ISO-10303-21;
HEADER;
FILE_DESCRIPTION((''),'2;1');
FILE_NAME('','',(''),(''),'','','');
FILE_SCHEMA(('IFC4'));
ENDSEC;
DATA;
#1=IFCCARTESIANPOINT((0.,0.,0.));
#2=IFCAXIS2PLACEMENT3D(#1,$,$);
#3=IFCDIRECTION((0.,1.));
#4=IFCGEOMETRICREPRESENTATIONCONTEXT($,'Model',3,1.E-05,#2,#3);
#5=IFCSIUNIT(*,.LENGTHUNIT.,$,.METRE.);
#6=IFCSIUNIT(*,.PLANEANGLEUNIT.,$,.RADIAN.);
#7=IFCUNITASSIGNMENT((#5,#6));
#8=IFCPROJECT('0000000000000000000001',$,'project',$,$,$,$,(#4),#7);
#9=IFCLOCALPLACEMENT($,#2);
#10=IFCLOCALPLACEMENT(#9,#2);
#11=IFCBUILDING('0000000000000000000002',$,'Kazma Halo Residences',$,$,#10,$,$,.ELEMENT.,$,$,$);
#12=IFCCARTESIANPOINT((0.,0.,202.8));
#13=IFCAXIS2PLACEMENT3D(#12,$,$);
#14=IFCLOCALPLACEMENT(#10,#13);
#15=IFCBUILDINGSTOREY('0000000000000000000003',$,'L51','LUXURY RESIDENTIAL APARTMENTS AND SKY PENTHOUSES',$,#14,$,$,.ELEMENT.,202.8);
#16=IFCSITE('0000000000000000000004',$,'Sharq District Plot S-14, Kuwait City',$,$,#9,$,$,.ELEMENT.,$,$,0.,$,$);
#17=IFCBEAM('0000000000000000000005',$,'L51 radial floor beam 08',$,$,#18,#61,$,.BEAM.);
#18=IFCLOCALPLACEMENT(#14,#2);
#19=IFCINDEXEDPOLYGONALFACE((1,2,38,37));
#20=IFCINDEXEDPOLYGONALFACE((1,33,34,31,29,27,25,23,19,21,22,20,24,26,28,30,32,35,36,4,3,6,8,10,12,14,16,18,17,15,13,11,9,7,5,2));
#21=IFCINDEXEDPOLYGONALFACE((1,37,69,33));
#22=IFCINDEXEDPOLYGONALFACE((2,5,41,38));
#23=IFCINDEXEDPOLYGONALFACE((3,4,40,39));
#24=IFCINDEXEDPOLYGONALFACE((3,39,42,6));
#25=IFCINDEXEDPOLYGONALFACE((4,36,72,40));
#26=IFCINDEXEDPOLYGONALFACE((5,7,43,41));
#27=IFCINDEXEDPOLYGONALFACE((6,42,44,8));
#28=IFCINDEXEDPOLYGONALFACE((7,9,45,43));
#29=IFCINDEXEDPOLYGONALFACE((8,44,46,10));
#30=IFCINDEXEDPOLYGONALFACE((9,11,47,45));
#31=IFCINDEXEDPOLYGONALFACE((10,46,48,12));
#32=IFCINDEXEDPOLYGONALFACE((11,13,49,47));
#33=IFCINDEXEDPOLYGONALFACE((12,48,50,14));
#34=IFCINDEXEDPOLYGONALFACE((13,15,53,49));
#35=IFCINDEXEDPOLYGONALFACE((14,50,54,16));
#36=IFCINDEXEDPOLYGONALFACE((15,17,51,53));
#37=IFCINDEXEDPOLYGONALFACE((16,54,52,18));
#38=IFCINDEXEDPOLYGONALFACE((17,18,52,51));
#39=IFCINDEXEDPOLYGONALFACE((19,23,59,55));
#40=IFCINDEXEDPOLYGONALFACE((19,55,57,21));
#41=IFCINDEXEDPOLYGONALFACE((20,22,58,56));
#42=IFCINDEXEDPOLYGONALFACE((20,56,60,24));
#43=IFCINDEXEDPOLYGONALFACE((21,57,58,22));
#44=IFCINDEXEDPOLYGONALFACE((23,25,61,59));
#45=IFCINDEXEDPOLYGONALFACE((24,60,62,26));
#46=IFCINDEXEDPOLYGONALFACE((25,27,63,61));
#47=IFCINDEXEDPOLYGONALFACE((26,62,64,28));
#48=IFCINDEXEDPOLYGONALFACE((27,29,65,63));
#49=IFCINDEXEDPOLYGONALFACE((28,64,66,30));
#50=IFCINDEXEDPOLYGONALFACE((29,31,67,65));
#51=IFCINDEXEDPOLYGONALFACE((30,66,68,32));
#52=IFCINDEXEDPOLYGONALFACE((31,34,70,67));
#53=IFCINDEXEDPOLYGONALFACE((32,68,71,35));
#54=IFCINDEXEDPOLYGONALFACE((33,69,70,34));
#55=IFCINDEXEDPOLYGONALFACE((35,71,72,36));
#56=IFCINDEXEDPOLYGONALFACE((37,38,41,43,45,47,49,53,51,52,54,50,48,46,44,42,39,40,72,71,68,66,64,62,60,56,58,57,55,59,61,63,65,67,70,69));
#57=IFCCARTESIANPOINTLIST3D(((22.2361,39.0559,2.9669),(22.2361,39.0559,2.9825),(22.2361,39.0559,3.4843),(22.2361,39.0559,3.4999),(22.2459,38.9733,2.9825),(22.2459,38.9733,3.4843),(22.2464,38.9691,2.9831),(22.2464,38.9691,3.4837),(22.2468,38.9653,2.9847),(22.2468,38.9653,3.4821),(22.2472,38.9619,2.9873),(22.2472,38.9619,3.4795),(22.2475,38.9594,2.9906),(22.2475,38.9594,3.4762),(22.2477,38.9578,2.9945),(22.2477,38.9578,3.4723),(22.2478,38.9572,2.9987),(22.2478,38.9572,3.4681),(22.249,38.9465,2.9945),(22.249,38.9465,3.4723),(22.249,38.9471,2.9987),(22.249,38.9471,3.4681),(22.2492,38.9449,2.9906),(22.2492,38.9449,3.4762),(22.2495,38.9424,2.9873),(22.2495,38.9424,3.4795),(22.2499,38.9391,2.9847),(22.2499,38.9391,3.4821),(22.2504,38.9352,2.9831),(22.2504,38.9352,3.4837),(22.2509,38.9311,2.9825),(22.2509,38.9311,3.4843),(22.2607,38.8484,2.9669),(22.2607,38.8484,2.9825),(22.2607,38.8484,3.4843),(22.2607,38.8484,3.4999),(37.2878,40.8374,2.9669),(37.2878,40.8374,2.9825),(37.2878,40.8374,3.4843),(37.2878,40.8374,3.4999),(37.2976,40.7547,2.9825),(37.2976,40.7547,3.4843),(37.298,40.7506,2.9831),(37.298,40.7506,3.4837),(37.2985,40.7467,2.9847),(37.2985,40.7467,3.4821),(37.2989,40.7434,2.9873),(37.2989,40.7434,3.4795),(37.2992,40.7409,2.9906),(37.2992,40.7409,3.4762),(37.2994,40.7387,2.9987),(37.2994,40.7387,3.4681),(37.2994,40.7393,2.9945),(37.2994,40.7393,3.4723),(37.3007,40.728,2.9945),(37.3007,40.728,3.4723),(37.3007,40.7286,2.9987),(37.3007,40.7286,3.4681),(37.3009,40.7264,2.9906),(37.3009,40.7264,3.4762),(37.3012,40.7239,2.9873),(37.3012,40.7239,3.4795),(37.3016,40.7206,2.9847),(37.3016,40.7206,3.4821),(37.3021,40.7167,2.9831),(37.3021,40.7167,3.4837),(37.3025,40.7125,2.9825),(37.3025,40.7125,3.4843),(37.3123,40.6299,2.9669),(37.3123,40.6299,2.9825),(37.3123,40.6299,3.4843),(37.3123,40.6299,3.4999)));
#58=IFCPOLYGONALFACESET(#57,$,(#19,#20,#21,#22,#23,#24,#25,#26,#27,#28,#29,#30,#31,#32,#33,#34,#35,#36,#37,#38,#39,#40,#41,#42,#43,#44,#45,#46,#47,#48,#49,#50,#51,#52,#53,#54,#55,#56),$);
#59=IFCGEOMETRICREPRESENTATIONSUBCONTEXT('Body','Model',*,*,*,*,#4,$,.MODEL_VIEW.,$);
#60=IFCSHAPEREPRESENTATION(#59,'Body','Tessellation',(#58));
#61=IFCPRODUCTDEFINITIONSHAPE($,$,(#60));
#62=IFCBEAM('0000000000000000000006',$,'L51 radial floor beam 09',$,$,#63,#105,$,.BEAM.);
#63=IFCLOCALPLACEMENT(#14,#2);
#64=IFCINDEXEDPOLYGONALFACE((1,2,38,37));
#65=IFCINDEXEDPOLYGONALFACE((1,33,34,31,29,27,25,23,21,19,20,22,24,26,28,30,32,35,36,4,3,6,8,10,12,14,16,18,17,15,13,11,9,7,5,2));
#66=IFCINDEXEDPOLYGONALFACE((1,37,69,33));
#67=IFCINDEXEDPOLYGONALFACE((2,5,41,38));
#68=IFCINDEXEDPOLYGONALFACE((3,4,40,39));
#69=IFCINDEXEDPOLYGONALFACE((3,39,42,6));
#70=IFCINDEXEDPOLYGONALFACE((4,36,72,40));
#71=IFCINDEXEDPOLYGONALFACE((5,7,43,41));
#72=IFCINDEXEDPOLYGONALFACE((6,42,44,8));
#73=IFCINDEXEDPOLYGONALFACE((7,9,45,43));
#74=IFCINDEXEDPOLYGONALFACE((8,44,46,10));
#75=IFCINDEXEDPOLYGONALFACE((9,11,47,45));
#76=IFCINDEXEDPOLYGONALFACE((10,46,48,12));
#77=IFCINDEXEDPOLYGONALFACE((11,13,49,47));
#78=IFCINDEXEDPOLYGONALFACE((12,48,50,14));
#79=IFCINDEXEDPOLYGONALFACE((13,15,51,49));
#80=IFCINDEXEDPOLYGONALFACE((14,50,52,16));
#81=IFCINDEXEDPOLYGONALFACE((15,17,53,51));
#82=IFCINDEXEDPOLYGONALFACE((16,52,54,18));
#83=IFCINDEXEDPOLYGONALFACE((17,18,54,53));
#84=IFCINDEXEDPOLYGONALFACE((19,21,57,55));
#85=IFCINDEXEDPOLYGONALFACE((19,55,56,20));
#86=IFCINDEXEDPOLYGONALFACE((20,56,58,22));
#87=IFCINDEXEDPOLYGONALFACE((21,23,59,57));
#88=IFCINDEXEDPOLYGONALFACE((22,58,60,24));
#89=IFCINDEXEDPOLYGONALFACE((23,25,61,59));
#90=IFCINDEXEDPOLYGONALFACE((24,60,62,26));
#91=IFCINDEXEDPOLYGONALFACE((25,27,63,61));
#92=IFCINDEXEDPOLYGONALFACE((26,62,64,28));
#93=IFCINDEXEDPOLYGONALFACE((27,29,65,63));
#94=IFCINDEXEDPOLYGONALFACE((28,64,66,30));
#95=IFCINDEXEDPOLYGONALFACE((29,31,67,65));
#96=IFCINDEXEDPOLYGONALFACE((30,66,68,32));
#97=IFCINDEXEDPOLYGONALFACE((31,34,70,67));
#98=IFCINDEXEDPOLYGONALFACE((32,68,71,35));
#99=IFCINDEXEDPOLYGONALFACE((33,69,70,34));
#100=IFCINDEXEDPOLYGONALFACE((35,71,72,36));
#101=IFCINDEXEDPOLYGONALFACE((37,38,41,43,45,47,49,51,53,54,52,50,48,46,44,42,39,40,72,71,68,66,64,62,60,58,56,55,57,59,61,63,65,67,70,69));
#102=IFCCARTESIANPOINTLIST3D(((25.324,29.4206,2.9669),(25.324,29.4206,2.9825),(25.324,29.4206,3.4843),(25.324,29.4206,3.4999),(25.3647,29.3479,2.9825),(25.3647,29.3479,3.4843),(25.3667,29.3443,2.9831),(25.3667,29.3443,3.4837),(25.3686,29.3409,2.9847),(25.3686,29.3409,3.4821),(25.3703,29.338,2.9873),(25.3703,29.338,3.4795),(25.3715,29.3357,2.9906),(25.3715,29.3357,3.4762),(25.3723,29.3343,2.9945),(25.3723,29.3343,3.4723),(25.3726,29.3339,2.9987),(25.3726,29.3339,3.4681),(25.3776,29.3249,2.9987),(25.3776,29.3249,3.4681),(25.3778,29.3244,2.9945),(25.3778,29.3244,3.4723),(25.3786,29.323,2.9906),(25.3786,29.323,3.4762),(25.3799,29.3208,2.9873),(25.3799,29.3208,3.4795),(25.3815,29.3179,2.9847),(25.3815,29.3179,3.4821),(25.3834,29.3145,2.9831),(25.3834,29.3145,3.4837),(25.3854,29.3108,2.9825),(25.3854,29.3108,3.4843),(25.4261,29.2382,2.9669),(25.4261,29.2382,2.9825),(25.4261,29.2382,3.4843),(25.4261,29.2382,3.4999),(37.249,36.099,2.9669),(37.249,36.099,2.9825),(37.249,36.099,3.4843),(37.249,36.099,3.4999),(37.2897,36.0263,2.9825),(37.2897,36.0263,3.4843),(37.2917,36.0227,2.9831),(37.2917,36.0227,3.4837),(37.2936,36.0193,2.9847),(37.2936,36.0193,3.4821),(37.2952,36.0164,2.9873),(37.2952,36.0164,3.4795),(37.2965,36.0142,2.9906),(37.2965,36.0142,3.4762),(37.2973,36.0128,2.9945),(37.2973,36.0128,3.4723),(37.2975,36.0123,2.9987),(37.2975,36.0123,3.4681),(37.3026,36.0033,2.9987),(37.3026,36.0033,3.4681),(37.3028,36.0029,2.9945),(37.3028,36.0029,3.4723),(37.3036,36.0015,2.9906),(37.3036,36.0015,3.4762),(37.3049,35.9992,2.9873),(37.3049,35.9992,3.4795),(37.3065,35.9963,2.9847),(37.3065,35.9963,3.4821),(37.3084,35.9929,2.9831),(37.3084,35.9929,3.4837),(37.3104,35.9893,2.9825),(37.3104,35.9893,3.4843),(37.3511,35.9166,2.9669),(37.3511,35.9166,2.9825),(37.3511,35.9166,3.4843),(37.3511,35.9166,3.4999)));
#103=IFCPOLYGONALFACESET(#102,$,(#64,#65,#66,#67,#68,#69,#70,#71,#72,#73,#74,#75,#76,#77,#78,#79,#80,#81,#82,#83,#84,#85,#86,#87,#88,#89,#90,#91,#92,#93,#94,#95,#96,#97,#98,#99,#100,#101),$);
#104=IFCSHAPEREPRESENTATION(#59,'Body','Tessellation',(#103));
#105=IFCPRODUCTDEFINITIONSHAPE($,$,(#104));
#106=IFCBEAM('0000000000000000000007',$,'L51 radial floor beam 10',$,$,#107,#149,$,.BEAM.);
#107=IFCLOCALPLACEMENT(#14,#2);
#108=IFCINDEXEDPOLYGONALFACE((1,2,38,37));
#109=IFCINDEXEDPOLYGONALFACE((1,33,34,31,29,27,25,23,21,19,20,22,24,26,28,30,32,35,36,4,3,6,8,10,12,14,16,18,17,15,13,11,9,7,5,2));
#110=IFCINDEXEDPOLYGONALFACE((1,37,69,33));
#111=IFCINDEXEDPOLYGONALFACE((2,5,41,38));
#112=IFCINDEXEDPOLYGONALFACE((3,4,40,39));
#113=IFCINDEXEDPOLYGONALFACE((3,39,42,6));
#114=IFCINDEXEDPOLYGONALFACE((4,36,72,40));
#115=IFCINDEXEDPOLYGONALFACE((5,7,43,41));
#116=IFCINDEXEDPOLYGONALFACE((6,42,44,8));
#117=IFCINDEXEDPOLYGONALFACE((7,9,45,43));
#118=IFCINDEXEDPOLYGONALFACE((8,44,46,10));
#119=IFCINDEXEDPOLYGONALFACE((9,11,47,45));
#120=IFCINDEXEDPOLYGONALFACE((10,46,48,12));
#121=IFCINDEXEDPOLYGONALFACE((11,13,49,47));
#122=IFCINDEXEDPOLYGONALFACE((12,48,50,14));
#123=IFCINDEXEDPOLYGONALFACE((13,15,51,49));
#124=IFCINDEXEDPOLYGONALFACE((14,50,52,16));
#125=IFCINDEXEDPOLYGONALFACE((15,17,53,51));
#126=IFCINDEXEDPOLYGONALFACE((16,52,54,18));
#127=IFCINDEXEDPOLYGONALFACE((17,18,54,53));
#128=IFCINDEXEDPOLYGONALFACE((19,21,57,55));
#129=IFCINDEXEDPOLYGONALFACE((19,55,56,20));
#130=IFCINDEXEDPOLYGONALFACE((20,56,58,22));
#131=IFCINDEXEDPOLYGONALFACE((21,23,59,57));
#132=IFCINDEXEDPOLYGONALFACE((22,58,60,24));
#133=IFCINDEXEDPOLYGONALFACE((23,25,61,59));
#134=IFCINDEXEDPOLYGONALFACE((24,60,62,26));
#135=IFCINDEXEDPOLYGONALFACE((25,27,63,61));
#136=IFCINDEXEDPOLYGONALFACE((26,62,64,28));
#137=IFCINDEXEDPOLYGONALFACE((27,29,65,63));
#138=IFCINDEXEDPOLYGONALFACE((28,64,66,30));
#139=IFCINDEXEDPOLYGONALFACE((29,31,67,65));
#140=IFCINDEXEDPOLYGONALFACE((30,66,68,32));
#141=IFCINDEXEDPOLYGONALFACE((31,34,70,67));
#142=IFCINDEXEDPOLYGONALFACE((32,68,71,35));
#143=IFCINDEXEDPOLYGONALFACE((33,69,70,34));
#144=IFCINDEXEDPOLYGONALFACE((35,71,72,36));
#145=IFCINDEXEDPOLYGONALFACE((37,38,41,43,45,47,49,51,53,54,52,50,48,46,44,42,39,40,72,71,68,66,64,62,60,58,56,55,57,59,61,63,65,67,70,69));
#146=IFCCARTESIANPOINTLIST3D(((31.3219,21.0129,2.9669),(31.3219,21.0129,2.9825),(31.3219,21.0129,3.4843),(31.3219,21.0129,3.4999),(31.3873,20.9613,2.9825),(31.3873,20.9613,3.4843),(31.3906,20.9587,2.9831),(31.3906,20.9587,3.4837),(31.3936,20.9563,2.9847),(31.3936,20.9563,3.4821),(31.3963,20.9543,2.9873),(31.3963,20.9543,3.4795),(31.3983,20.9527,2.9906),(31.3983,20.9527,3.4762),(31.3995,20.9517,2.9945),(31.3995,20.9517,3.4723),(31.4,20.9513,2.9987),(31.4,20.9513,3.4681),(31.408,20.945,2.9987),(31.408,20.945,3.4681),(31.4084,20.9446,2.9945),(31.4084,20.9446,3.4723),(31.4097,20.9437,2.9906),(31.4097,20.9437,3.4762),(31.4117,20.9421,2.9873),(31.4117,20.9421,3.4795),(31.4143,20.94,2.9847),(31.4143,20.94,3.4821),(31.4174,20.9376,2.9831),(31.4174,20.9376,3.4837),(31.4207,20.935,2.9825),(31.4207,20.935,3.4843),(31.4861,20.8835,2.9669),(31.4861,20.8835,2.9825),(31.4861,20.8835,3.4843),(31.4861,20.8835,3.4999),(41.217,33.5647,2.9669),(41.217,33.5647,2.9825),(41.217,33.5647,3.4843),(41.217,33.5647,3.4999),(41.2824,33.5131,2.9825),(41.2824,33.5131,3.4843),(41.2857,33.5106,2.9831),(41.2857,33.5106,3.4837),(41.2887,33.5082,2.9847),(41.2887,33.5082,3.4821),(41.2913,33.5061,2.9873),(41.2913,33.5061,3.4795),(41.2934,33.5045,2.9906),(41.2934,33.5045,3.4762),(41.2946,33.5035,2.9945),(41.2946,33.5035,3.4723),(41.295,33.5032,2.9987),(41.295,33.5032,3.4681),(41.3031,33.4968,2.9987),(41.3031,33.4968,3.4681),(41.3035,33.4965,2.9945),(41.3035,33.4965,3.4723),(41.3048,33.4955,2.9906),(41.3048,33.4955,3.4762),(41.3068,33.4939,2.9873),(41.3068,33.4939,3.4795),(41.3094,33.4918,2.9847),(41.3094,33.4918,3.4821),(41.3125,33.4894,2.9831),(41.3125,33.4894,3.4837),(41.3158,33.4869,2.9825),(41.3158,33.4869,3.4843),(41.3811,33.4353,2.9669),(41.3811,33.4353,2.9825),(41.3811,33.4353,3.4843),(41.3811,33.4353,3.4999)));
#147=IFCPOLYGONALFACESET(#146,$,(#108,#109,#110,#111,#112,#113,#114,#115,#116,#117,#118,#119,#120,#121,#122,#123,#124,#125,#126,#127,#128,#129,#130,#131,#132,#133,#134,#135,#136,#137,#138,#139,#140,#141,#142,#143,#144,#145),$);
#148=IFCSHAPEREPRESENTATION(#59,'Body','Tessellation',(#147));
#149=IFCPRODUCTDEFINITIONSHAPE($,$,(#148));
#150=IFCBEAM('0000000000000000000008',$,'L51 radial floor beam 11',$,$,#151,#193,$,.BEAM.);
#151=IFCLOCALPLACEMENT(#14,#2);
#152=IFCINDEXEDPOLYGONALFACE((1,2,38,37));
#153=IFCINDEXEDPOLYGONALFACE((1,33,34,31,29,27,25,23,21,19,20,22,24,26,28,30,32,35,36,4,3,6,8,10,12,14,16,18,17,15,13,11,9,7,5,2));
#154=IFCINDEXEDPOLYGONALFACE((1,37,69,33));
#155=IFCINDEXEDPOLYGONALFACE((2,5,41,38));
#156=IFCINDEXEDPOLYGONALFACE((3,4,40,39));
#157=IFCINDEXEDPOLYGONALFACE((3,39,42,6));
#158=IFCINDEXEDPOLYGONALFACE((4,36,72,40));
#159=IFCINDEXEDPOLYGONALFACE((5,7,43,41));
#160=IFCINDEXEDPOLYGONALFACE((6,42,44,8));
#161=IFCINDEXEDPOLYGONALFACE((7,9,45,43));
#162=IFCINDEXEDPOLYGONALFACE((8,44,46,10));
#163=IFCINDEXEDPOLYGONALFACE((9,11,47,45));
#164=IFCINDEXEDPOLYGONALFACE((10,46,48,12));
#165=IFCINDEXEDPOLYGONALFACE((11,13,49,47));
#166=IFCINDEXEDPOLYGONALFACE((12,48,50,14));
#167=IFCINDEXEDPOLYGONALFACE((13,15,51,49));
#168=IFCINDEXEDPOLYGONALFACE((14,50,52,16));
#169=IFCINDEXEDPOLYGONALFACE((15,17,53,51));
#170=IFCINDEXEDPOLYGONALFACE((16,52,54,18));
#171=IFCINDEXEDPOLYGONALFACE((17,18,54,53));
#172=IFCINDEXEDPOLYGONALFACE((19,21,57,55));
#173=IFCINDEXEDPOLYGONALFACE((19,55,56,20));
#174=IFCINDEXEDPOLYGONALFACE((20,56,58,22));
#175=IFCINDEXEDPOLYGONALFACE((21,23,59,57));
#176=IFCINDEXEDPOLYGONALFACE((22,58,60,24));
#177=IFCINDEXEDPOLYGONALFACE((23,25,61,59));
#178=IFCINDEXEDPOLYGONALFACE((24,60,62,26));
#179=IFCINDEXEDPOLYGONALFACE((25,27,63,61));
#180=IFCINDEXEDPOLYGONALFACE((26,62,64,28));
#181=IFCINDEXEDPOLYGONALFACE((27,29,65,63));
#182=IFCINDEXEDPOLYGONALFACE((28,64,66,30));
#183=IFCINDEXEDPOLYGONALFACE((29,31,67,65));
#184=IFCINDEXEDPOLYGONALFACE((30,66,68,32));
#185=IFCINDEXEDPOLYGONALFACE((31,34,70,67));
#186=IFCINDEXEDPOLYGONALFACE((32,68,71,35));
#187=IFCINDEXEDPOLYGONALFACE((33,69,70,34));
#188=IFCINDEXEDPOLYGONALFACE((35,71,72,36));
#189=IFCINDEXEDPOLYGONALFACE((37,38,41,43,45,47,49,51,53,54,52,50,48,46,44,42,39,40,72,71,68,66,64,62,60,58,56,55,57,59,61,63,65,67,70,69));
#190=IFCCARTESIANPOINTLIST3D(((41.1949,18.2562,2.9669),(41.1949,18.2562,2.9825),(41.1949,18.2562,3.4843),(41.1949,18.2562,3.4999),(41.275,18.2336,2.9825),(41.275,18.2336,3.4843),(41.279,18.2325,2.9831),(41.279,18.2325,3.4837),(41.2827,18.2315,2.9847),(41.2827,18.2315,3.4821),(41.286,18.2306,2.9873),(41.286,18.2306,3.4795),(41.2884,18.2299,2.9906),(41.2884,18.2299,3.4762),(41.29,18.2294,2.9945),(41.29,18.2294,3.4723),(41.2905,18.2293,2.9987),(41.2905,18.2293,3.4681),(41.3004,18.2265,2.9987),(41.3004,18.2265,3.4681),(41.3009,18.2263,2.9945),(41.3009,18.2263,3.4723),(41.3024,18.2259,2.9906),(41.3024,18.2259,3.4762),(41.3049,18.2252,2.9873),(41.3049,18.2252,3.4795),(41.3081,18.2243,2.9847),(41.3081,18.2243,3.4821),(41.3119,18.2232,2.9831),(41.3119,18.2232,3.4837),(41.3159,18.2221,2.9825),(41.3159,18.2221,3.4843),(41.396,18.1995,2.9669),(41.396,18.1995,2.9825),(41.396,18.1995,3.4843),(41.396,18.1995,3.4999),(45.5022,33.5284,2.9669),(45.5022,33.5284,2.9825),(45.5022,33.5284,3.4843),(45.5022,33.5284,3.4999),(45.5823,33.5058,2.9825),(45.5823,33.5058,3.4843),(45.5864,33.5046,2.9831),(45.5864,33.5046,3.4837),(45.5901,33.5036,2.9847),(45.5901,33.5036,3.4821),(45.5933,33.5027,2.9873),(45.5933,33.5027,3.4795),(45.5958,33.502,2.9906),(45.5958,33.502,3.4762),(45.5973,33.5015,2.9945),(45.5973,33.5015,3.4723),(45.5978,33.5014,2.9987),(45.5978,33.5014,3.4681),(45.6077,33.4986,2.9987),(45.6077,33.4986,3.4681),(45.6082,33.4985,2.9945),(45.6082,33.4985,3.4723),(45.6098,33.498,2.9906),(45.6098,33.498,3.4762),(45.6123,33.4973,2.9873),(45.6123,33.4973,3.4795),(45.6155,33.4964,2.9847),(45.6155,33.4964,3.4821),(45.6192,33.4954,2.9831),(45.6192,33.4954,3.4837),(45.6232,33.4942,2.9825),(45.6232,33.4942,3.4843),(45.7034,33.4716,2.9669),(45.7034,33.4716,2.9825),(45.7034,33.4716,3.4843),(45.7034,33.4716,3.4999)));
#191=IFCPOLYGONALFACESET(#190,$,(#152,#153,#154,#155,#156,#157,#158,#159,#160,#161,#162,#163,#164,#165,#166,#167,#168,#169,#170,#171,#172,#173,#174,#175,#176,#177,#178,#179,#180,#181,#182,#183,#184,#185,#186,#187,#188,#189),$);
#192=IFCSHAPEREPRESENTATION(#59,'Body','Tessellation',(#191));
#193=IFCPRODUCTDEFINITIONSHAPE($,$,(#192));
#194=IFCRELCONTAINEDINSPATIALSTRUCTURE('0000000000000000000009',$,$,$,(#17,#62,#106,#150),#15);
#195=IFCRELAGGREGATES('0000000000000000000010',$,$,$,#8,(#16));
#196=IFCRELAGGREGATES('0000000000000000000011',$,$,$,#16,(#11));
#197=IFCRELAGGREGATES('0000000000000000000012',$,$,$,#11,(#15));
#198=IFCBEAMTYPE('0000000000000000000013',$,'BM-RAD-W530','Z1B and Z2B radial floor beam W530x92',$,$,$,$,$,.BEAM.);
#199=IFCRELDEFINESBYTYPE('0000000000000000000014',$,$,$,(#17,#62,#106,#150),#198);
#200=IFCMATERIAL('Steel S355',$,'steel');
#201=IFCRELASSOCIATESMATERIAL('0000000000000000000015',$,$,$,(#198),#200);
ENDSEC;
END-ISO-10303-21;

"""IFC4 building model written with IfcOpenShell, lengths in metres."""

from ifc_helpers import new_model, si_unit, direction, frame, origin, origin_2d, place, context, subcontext, project, spatial, i_section, extrude, material, material_profile, profile_set, type_object, element, save


model = new_model("IFC4")

# Units and contexts
model_context = context("Model", 3, precision=1e-05, world=origin(), true_north=direction((0.0, 1.0)))
body_context = subcontext(model_context, "Body", "Model", "MODEL_VIEW")
ifc_project = project(units=[si_unit("LENGTHUNIT", "METRE"), si_unit("PLANEANGLEUNIT", "RADIAN")], contexts=[model_context])

# Site, building, storey
site_placement = place(None, origin())
site = spatial("IfcSite", under=ifc_project, at=site_placement, Name="Sharq District Plot S-14, Kuwait City", CompositionType="ELEMENT", RefElevation=0.0)
building_placement = place(site_placement, origin())
building = spatial("IfcBuilding", under=site, at=building_placement, Name="Kazma Halo Residences", CompositionType="ELEMENT")
storey_placement = place(building_placement, frame((0.0, 0.0, 202.8)))
storey = spatial("IfcBuildingStorey", under=building, at=storey_placement, Name="L51", Description="LUXURY RESIDENTIAL APARTMENTS AND SKY PENTHOUSES", CompositionType="ELEMENT", Elevation=202.8)

# Beams
ifc_material_1 = material(Name="Steel S355", Category="steel")
ifc_material_profile_1 = material_profile(ifc_material_1, i_section(OverallWidth=0.209, OverallDepth=0.533, WebThickness=0.0103, FlangeThickness=0.0156, FilletRadius=0.0161, at=origin_2d()), Name="W530x92")
ifc_profile_set_1 = profile_set([ifc_material_profile_1], Name="Steel S355")
beam_type_1 = type_object("IfcBeamType", Name="BM-RAD-W530", Description="Z1B and Z2B radial floor beam W530x92", PredefinedType="BEAM", material=ifc_profile_set_1)
beam_1_placement = place(storey_placement, frame((37.3, 40.7336, 3.2334), z_axis=(-0.993068, -0.117537, 0.0), x_axis=(0.117537, -0.993068, 0.0)))
element("IfcBeam", 1, at=beam_1_placement, inside=storey, type_object=beam_type_1, Name="L51 radial floor beam 08", PredefinedType="BEAM", context=body_context, shape_type="SweptSolid", body=[
    extrude(i_section(OverallWidth=0.209, OverallDepth=0.533, WebThickness=0.0103, FlangeThickness=0.0156, FilletRadius=0.0161, at=origin_2d()), origin(), (0.0, 0.0, 1.0), 15.1567),
])
beam_2_placement = place(storey_placement, frame((37.3, 36.0078, 3.2334), z_axis=(-0.872492, -0.488628, 0.0), x_axis=(0.488628, -0.872492, 0.0)))
element("IfcBeam", 2, at=beam_2_placement, inside=storey, type_object=beam_type_1, Name="L51 radial floor beam 09", PredefinedType="BEAM", context=body_context, shape_type="SweptSolid", body=[
    extrude(i_section(OverallWidth=0.209, OverallDepth=0.533, WebThickness=0.0103, FlangeThickness=0.0156, FilletRadius=0.0161, at=origin_2d()), origin(), (0.0, 0.0, 1.0), 13.6677),
])
beam_3_placement = place(storey_placement, frame((41.2991, 33.5, 3.2334), z_axis=(-0.619094, -0.785317, 0.0), x_axis=(0.785317, -0.619094, 0.0)))
element("IfcBeam", 3, at=beam_3_placement, inside=storey, type_object=beam_type_1, Name="L51 radial floor beam 10", PredefinedType="BEAM", context=body_context, shape_type="SweptSolid", body=[
    extrude(i_section(OverallWidth=0.209, OverallDepth=0.533, WebThickness=0.0103, FlangeThickness=0.0156, FilletRadius=0.0161, at=origin_2d()), origin(), (0.0, 0.0, 1.0), 15.9832),
])
beam_4_placement = place(storey_placement, frame((45.6028, 33.5, 3.2334), z_axis=(-0.27145, -0.962453, 0.0), x_axis=(0.962453, -0.27145, 0.0)))
element("IfcBeam", 4, at=beam_4_placement, inside=storey, type_object=beam_type_1, Name="L51 radial floor beam 11", PredefinedType="BEAM", context=body_context, shape_type="SweptSolid", body=[
    extrude(i_section(OverallWidth=0.209, OverallDepth=0.533, WebThickness=0.0103, FlangeThickness=0.0156, FilletRadius=0.0161, at=origin_2d()), origin(), (0.0, 0.0, 1.0), 15.8679),
])

save(model, "model.ifc")
